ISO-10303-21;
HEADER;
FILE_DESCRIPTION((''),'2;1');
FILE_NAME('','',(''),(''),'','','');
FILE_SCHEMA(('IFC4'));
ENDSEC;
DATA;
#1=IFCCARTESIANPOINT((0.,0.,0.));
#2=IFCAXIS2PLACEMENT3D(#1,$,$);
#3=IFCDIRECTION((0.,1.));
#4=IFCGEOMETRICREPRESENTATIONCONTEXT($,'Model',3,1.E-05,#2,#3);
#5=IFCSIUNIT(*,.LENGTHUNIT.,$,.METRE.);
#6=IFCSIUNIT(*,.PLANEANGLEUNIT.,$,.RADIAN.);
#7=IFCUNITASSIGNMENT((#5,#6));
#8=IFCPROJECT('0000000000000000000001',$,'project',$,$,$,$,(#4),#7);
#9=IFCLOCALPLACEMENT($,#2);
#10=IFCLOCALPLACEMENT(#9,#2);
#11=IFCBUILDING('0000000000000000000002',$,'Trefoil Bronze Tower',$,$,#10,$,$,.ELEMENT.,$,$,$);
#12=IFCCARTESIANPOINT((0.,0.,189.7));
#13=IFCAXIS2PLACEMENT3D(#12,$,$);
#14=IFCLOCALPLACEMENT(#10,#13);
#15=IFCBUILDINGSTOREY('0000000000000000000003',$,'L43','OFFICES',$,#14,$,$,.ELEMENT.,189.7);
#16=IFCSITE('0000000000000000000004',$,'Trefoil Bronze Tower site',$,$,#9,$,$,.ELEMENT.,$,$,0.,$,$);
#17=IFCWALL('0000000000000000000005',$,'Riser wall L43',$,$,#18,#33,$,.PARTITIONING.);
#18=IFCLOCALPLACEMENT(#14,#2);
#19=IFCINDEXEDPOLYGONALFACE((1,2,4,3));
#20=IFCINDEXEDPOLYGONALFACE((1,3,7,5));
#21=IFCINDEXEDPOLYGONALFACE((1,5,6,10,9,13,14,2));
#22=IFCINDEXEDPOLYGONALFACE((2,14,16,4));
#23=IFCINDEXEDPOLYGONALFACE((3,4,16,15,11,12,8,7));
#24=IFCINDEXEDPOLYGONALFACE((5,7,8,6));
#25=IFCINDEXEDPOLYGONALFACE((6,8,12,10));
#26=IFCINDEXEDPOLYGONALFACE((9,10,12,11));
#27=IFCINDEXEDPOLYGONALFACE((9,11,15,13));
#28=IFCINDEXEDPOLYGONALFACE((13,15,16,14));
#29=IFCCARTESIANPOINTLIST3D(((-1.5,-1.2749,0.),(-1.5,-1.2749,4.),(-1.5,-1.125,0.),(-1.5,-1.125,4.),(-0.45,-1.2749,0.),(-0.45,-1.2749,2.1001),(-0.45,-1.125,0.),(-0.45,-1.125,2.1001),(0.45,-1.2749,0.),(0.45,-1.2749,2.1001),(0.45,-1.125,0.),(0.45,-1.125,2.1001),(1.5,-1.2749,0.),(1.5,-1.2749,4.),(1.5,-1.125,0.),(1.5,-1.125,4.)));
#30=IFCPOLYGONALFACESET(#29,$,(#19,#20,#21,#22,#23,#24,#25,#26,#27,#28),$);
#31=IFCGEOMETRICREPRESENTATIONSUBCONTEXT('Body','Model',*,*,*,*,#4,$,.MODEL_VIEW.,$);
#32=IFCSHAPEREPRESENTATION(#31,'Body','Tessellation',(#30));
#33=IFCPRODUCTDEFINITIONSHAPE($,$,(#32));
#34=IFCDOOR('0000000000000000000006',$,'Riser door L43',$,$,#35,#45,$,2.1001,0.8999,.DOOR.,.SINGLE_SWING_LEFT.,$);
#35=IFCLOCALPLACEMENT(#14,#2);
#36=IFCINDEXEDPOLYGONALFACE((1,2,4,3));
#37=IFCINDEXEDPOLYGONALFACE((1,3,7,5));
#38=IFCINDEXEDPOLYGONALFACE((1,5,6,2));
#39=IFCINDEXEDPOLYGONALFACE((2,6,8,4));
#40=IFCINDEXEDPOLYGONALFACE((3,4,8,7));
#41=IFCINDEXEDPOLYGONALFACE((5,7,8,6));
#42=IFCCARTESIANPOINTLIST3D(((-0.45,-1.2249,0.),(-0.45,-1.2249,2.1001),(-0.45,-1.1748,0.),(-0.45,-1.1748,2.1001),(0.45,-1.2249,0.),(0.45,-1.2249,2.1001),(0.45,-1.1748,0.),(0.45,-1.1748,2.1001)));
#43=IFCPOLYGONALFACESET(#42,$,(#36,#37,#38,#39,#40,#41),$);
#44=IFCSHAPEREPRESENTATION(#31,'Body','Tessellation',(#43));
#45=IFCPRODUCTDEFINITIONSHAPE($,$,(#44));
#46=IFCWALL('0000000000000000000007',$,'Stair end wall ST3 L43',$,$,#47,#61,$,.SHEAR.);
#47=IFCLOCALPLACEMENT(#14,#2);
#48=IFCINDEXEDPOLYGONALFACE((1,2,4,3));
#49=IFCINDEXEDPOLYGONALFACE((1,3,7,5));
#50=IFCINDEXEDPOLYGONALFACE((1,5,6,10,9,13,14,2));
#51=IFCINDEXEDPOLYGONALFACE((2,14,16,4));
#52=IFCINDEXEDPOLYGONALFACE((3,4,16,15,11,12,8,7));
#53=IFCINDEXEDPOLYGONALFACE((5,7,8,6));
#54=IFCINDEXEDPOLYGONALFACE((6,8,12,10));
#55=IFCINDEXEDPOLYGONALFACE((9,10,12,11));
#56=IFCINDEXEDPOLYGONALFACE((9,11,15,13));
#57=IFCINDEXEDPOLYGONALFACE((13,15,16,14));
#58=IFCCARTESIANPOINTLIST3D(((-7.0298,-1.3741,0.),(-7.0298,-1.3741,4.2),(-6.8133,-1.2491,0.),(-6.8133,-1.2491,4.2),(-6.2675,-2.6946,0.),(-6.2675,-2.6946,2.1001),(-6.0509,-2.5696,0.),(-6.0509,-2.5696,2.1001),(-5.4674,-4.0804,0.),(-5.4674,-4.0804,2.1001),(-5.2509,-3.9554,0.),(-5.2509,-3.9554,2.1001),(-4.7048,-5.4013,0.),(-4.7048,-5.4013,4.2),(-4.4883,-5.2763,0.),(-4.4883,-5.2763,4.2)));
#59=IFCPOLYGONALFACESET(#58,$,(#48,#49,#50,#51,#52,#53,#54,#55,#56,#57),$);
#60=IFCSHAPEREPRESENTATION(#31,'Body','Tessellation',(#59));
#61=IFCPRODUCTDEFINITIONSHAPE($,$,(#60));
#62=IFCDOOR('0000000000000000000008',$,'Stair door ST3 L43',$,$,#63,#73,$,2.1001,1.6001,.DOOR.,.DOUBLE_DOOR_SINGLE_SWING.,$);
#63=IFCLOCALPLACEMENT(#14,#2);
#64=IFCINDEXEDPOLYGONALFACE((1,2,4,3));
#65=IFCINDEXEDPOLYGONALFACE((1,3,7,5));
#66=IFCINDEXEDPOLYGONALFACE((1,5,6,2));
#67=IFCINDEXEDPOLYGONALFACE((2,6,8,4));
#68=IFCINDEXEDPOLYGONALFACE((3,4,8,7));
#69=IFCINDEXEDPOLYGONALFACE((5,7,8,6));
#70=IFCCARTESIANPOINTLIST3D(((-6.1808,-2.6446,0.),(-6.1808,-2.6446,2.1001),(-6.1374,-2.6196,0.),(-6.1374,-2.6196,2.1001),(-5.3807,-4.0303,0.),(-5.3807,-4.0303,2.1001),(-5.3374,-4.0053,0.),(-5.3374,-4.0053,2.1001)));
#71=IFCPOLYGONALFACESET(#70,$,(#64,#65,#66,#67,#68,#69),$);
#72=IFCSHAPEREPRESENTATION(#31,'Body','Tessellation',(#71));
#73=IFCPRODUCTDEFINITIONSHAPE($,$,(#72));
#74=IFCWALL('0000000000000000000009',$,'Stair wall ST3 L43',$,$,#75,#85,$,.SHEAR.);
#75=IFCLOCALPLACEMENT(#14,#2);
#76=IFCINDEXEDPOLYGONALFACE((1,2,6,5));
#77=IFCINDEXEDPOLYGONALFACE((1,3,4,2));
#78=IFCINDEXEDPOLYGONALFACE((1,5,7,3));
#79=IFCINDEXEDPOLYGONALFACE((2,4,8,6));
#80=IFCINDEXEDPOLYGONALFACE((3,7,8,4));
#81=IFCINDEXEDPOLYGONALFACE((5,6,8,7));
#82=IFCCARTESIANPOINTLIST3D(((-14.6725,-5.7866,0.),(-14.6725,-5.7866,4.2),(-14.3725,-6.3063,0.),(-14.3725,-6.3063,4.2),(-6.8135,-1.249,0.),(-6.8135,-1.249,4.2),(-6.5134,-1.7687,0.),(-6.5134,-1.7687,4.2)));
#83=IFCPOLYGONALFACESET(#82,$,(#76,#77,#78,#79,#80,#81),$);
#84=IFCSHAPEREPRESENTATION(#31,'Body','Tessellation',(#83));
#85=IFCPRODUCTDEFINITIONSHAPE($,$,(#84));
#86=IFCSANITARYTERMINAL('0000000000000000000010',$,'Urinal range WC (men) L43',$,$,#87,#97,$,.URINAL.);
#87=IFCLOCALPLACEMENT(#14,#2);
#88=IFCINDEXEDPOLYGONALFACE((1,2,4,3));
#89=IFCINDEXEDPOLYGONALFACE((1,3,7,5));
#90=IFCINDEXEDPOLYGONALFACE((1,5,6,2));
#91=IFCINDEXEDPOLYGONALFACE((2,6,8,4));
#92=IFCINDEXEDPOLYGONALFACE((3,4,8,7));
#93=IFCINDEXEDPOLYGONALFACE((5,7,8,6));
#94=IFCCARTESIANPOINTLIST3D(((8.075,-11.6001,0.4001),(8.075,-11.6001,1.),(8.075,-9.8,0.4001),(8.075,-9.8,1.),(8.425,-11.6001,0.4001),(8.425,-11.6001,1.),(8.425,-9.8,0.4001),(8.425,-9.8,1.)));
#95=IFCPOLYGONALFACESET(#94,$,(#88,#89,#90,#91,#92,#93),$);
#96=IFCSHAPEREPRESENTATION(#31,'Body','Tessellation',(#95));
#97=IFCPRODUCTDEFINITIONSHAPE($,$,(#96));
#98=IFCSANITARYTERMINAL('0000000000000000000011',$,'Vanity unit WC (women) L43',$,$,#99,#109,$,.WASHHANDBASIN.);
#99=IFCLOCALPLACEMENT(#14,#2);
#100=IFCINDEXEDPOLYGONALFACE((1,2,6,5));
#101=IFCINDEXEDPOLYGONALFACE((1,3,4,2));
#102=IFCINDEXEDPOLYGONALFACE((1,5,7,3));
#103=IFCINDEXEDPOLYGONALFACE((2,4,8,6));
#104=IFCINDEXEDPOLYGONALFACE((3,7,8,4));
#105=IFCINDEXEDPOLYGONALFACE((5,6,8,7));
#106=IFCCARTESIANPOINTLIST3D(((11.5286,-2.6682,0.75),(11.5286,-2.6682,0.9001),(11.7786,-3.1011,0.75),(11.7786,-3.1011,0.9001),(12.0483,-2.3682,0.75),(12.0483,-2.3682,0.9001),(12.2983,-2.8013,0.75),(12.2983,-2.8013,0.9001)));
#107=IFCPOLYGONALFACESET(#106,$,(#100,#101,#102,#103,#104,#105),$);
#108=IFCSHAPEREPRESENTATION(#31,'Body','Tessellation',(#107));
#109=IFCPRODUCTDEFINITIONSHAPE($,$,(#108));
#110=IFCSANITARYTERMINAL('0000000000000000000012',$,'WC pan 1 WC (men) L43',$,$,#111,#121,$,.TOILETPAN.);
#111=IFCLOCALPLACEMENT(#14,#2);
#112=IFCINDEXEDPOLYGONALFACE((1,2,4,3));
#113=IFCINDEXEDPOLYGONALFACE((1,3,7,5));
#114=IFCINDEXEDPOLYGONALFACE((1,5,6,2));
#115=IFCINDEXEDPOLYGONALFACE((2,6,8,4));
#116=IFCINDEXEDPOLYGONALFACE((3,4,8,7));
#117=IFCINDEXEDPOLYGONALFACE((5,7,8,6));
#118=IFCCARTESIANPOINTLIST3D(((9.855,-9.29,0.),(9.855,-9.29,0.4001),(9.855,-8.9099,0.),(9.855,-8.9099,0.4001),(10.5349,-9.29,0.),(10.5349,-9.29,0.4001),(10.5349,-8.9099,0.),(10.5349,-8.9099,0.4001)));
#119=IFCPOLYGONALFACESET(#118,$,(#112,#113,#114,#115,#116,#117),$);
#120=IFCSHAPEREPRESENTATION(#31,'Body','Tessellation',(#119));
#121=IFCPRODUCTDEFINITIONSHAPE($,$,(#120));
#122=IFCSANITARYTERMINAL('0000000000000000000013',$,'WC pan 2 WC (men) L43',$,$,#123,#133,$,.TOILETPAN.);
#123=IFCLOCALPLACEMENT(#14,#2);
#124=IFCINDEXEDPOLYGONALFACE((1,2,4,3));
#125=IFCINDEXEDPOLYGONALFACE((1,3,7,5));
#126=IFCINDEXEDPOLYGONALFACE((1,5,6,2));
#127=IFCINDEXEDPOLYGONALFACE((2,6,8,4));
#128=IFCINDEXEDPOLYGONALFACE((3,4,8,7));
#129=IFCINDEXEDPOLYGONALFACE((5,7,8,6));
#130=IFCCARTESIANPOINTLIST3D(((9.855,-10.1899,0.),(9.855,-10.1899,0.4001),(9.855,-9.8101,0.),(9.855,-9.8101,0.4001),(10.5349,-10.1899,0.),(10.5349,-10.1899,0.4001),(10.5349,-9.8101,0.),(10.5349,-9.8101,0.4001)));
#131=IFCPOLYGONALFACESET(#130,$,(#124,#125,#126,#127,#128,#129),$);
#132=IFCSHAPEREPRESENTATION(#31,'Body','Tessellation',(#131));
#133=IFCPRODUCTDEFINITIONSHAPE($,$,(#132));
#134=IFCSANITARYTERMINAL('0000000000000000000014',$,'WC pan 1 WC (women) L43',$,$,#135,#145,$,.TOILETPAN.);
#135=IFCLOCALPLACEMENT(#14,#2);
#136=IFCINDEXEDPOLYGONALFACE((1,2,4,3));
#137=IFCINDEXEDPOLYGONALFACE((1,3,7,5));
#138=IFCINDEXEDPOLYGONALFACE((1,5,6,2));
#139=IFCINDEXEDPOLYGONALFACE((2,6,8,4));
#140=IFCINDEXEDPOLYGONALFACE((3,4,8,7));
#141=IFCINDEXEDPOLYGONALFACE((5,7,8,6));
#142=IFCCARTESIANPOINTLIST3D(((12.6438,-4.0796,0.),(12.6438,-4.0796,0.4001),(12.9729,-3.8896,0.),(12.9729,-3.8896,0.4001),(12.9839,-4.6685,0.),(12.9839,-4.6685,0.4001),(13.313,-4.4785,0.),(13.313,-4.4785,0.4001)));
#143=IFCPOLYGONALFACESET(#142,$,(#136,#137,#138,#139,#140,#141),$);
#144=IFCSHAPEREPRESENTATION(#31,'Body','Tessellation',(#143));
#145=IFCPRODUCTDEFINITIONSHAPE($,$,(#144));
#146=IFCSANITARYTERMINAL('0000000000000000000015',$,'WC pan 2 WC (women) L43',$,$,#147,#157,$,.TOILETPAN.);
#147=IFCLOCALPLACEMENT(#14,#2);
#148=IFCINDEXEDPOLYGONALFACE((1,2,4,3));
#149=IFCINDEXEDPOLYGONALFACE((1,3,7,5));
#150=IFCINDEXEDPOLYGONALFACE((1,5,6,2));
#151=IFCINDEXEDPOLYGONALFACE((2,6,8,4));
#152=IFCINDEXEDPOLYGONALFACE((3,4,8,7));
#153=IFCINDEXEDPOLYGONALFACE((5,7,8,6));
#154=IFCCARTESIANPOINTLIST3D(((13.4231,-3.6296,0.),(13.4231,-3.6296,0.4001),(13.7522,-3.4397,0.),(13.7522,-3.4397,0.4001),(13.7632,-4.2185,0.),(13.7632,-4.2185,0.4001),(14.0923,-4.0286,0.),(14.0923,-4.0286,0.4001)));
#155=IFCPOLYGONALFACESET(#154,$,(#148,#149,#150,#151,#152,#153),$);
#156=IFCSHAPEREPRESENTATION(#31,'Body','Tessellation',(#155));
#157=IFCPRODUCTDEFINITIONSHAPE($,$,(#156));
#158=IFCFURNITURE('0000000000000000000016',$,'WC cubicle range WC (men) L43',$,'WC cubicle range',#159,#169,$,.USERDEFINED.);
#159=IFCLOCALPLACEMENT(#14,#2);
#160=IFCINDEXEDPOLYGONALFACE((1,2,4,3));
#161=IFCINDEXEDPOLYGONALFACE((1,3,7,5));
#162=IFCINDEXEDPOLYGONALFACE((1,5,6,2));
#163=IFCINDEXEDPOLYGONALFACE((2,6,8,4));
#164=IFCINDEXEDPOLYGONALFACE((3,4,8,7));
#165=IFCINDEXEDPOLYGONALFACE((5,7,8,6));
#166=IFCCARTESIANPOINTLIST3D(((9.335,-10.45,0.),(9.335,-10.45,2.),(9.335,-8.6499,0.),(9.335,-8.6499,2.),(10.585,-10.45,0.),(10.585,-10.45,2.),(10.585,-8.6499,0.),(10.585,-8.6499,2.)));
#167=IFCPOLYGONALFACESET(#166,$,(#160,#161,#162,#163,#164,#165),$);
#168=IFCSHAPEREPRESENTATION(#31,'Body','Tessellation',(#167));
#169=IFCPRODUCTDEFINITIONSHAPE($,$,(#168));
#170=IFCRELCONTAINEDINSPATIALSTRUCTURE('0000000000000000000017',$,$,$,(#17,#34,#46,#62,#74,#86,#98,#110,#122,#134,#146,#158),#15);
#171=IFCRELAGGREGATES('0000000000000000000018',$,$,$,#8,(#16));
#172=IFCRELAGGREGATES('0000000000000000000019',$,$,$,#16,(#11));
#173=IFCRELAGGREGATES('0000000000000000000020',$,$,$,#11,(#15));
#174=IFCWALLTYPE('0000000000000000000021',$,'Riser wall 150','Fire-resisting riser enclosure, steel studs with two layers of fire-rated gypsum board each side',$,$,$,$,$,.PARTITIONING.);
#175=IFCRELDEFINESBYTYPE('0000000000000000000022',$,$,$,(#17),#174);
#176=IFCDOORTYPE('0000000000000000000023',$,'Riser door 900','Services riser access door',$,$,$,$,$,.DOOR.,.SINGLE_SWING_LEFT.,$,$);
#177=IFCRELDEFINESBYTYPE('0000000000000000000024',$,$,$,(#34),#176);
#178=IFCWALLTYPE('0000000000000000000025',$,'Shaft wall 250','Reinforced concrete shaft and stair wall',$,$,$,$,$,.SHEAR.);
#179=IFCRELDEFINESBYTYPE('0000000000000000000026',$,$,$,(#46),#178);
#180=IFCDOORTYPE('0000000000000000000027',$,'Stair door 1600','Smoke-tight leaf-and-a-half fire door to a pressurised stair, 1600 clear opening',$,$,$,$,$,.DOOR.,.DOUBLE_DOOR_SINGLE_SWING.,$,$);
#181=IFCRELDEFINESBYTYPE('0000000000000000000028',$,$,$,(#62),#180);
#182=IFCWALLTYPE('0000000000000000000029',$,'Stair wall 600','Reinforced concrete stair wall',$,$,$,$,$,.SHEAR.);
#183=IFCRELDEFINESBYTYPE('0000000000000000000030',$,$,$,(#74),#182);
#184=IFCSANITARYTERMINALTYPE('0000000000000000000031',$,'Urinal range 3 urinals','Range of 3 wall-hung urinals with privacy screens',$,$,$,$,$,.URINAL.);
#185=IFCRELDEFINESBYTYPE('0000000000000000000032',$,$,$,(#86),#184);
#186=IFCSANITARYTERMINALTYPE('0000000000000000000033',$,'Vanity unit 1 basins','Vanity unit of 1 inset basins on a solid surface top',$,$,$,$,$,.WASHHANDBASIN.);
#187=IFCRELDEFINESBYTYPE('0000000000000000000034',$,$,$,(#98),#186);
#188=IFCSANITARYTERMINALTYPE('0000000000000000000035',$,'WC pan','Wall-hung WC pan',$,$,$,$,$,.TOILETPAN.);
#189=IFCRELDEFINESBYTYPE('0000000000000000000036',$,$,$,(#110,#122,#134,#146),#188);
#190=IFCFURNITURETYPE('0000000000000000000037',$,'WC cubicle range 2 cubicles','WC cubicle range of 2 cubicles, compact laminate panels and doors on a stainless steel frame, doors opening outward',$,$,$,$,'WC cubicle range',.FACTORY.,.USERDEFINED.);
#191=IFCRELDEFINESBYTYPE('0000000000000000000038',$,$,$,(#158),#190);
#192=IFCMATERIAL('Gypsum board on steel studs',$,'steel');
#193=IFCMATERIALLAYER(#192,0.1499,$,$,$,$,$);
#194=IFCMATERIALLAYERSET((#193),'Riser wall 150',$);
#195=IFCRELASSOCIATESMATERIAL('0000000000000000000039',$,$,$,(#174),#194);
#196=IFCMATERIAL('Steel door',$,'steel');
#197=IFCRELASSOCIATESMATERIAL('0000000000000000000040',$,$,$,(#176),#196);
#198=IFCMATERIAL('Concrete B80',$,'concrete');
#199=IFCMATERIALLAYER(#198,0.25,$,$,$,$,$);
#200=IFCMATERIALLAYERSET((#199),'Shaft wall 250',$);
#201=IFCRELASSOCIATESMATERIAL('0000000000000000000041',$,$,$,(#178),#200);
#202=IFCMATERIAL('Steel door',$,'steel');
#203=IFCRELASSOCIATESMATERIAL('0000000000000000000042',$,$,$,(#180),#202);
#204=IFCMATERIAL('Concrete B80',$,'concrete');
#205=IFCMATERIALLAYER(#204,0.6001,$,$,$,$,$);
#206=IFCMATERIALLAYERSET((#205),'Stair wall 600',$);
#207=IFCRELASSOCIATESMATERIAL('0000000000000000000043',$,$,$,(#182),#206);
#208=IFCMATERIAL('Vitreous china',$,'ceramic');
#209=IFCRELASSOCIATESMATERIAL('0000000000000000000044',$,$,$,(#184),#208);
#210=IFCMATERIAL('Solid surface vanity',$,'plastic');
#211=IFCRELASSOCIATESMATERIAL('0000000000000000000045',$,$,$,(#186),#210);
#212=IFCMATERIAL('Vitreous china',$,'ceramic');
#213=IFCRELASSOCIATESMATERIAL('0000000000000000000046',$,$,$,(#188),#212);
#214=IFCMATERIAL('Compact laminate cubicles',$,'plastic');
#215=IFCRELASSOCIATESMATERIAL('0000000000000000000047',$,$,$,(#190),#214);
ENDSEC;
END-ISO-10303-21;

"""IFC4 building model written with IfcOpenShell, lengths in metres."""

from ifc_helpers import new_model, si_unit, direction, frame, frame_2d, origin, place, context, subcontext, project, spatial, polyline, rectangle, outline, extrude, material, layer, layer_set, type_object, element, fill, save


model = new_model("IFC4")

# Units and contexts
model_context = context("Model", 3, precision=1e-05, world=origin(), true_north=direction((0.0, 1.0)))
body_context = subcontext(model_context, "Body", "Model", "MODEL_VIEW")
ifc_project = project(units=[si_unit("LENGTHUNIT", "METRE"), si_unit("PLANEANGLEUNIT", "RADIAN")], contexts=[model_context])

# Site, building, storey
site_placement = place(None, origin())
site = spatial("IfcSite", under=ifc_project, at=site_placement, Name="Trefoil Bronze Tower site", CompositionType="ELEMENT", RefElevation=0.0)
building_placement = place(site_placement, origin())
building = spatial("IfcBuilding", under=site, at=building_placement, Name="Trefoil Bronze Tower", CompositionType="ELEMENT")
storey_placement = place(building_placement, frame((0.0, 0.0, 189.7)))
storey = spatial("IfcBuildingStorey", under=building, at=storey_placement, Name="L43", Description="OFFICES", CompositionType="ELEMENT", Elevation=189.7)

# Walls, openings, doors
ifc_material_1 = material(Name="Gypsum board on steel studs", Category="steel")
ifc_layer_1 = layer(ifc_material_1, 0.1499)
ifc_layer_set_1 = layer_set([ifc_layer_1], Name="Riser wall 150")
wall_type_1 = type_object("IfcWallType", Name="Riser wall 150", Description="Fire-resisting riser enclosure, steel studs with two layers of fire-rated gypsum board each side", PredefinedType="PARTITIONING", material=ifc_layer_set_1)
wall_1_placement = place(storey_placement, frame((-1.5, -1.2, 0.0), z_axis=(0.0, 0.0, 1.0), x_axis=(1.0, 0.0, 0.0)))
wall_1 = element("IfcWall", 1, at=wall_1_placement, inside=storey, type_object=wall_type_1, Name="Riser wall L43", PredefinedType="PARTITIONING", context=body_context, shape_type="SweptSolid", body=[
    extrude(rectangle(XDim=3.0, YDim=0.1499, at=frame_2d((1.5, 0.0))), origin(), (0.0, 0.0, 1.0), 4.0),
])
opening_1_placement = place(wall_1_placement, frame((1.05, 0.0, 0.0)))
opening_1 = element("IfcOpeningElement", 2, at=opening_1_placement, cuts=wall_1, PredefinedType="OPENING", context=body_context, shape_type="SweptSolid", body=[
    extrude(rectangle(XDim=0.8999, YDim=2.1001, at=frame_2d((0.45, 1.05))), frame((0.0, 0.085, 0.0), z_axis=(0.0, -1.0, 0.0), x_axis=(1.0, 0.0, 0.0)), (0.0, 0.0, 1.0), 0.1699),
])
ifc_material_2 = material(Name="Steel door", Category="steel")
door_type_1 = type_object("IfcDoorType", Name="Riser door 900", Description="Services riser access door", OperationType="SINGLE_SWING_LEFT", PredefinedType="DOOR", material=ifc_material_2)
door_1_placement = place(opening_1_placement, frame((0.8999, 0.0, 0.0), z_axis=(0.0, 0.0, 1.0), x_axis=(-1.0, 0.0, 0.0)))
door_1 = element("IfcDoor", 3, at=door_1_placement, inside=storey, type_object=door_type_1, Name="Riser door L43", OperationType="SINGLE_SWING_LEFT", OverallHeight=2.1001, OverallWidth=0.8999, PredefinedType="DOOR", context=body_context, shape_type="SweptSolid", body=[
    extrude(rectangle(XDim=0.8999, YDim=2.1001, at=frame_2d((0.45, 1.05))), frame((0.0, 0.0249, 0.0), z_axis=(0.0, -1.0, 0.0), x_axis=(1.0, 0.0, 0.0)), (0.0, 0.0, 1.0), 0.05),
])
fill(opening_1, door_1)
ifc_material_3 = material(Name="Concrete B80", Category="concrete")
ifc_layer_2 = layer(ifc_material_3, 0.25)
ifc_layer_set_2 = layer_set([ifc_layer_2], Name="Shaft wall 250")
wall_type_2 = type_object("IfcWallType", Name="Shaft wall 250", Description="Reinforced concrete shaft and stair wall", PredefinedType="SHEAR", material=ifc_layer_set_2)
wall_2_placement = place(storey_placement, frame((-6.9216, -1.3115, 0.0), z_axis=(0.0, 0.0, 1.0), x_axis=(0.499985, -0.866034, 0.0)))
wall_2 = element("IfcWall", 4, at=wall_2_placement, inside=storey, type_object=wall_type_2, Name="Stair end wall ST3 L43", PredefinedType="SHEAR", context=body_context, shape_type="SweptSolid", body=[
    extrude(rectangle(XDim=4.6501, YDim=0.25, at=frame_2d((2.3252, 0.0))), origin(), (0.0, 0.0, 1.0), 4.2),
])
opening_2_placement = place(wall_2_placement, frame((1.5249, 0.0, 0.0)))
opening_2 = element("IfcOpeningElement", 5, at=opening_2_placement, cuts=wall_2, PredefinedType="OPENING", context=body_context, shape_type="SweptSolid", body=[
    extrude(rectangle(XDim=1.6001, YDim=2.1001, at=frame_2d((0.8, 1.05))), frame((0.0, 0.135, 0.0), z_axis=(0.0, -1.0, 0.0), x_axis=(1.0, 0.0, 0.0)), (0.0, 0.0, 1.0), 0.27),
])
ifc_material_4 = material(Name="Steel door", Category="steel")
door_type_2 = type_object("IfcDoorType", Name="Stair door 1600", Description="Smoke-tight leaf-and-a-half fire door to a pressurised stair, 1600 clear opening", OperationType="DOUBLE_DOOR_SINGLE_SWING", PredefinedType="DOOR", material=ifc_material_4)
door_2_placement = place(opening_2_placement, frame((1.6001, 0.0, 0.0), z_axis=(0.0, 0.0, 1.0), x_axis=(-1.0, 0.0, 0.0)))
door_2 = element("IfcDoor", 6, at=door_2_placement, inside=storey, type_object=door_type_2, Name="Stair door ST3 L43", OperationType="DOUBLE_DOOR_SINGLE_SWING", OverallHeight=2.1001, OverallWidth=1.6001, PredefinedType="DOOR", context=body_context, shape_type="SweptSolid", body=[
    extrude(rectangle(XDim=1.6001, YDim=2.1001, at=frame_2d((0.8, 1.05))), frame((0.0, 0.0249, 0.0), z_axis=(0.0, -1.0, 0.0), x_axis=(1.0, 0.0, 0.0)), (0.0, 0.0, 1.0), 0.05),
])
fill(opening_2, door_2)

# Wall
ifc_material_5 = material(Name="Concrete B80", Category="concrete")
ifc_layer_3 = layer(ifc_material_5, 0.6001)
ifc_layer_set_3 = layer_set([ifc_layer_3], Name="Stair wall 600")
wall_type_3 = type_object("IfcWallType", Name="Stair wall 600", Description="Reinforced concrete stair wall", PredefinedType="SHEAR", material=ifc_layer_set_3)
wall_3_placement = place(storey_placement, frame((-6.6633, -1.5088, 0.0), z_axis=(0.0, 0.0, 1.0), x_axis=(-0.866019, -0.50001, 0.0)))
element("IfcWall", 7, at=wall_3_placement, inside=storey, type_object=wall_type_3, Name="Stair wall ST3 L43", PredefinedType="SHEAR", context=body_context, shape_type="SweptSolid", body=[
    extrude(rectangle(XDim=9.075, YDim=0.6001, at=frame_2d((4.5376, 0.0))), origin(), (0.0, 0.0, 1.0), 4.2),
])

# Sanitary terminals
ifc_material_6 = material(Name="Vitreous china", Category="ceramic")
sanitary_terminal_type_1 = type_object("IfcSanitaryTerminalType", Name="Urinal range 3 urinals", Description="Range of 3 wall-hung urinals with privacy screens", PredefinedType="URINAL", material=ifc_material_6)
sanitary_terminal_1_placement = place(storey_placement, frame((0.0, 0.0, 0.4001)))
element("IfcSanitaryTerminal", 8, at=sanitary_terminal_1_placement, inside=storey, type_object=sanitary_terminal_type_1, Name="Urinal range WC (men) L43", PredefinedType="URINAL", context=body_context, shape_type="SweptSolid", body=[
    extrude(outline(polyline([(8.075, -9.8), (8.425, -9.8), (8.425, -11.6001), (8.075, -11.6001), (8.075, -9.8)])), origin(), (0.0, 0.0, 1.0), 0.5999),
])
ifc_material_7 = material(Name="Solid surface vanity", Category="plastic")
sanitary_terminal_type_2 = type_object("IfcSanitaryTerminalType", Name="Vanity unit 1 basins", Description="Vanity unit of 1 inset basins on a solid surface top", PredefinedType="WASHHANDBASIN", material=ifc_material_7)
sanitary_terminal_2_placement = place(storey_placement, frame((0.0, 0.0, 0.75)))
element("IfcSanitaryTerminal", 9, at=sanitary_terminal_2_placement, inside=storey, type_object=sanitary_terminal_type_2, Name="Vanity unit WC (women) L43", PredefinedType="WASHHANDBASIN", context=body_context, shape_type="SweptSolid", body=[
    extrude(outline(polyline([(11.5286, -2.6682), (11.7786, -3.1011), (12.2983, -2.8013), (12.0483, -2.3682), (11.5286, -2.6682)])), origin(), (0.0, 0.0, 1.0), 0.1501),
])
ifc_material_8 = material(Name="Vitreous china", Category="ceramic")
sanitary_terminal_type_3 = type_object("IfcSanitaryTerminalType", Name="WC pan", Description="Wall-hung WC pan", PredefinedType="TOILETPAN", material=ifc_material_8)
sanitary_terminal_3_placement = place(storey_placement, origin())
element("IfcSanitaryTerminal", 10, at=sanitary_terminal_3_placement, inside=storey, type_object=sanitary_terminal_type_3, Name="WC pan 1 WC (men) L43", PredefinedType="TOILETPAN", context=body_context, shape_type="SweptSolid", body=[
    extrude(outline(polyline([(9.855, -8.9099), (10.5349, -8.9099), (10.5349, -9.29), (9.855, -9.29), (9.855, -8.9099)])), origin(), (0.0, 0.0, 1.0), 0.4001),
])
sanitary_terminal_4_placement = place(storey_placement, origin())
element("IfcSanitaryTerminal", 11, at=sanitary_terminal_4_placement, inside=storey, type_object=sanitary_terminal_type_3, Name="WC pan 2 WC (men) L43", PredefinedType="TOILETPAN", context=body_context, shape_type="SweptSolid", body=[
    extrude(outline(polyline([(9.855, -9.8101), (10.5349, -9.8101), (10.5349, -10.1899), (9.855, -10.1899), (9.855, -9.8101)])), origin(), (0.0, 0.0, 1.0), 0.4001),
])
sanitary_terminal_5_placement = place(storey_placement, origin())
element("IfcSanitaryTerminal", 12, at=sanitary_terminal_5_placement, inside=storey, type_object=sanitary_terminal_type_3, Name="WC pan 1 WC (women) L43", PredefinedType="TOILETPAN", context=body_context, shape_type="SweptSolid", body=[
    extrude(outline(polyline([(12.6438, -4.0796), (12.9839, -4.6685), (13.313, -4.4785), (12.9729, -3.8896), (12.6438, -4.0796)])), origin(), (0.0, 0.0, 1.0), 0.4001),
])
sanitary_terminal_6_placement = place(storey_placement, origin())
element("IfcSanitaryTerminal", 13, at=sanitary_terminal_6_placement, inside=storey, type_object=sanitary_terminal_type_3, Name="WC pan 2 WC (women) L43", PredefinedType="TOILETPAN", context=body_context, shape_type="SweptSolid", body=[
    extrude(outline(polyline([(13.4231, -3.6296), (13.7632, -4.2185), (14.0923, -4.0286), (13.7522, -3.4397), (13.4231, -3.6296)])), origin(), (0.0, 0.0, 1.0), 0.4001),
])

# Furniture
ifc_material_9 = material(Name="Compact laminate cubicles", Category="plastic")
furniture_type = type_object("IfcFurnitureType", Name="WC cubicle range 2 cubicles", Description="WC cubicle range of 2 cubicles, compact laminate panels and doors on a stainless steel frame, doors opening outward", ElementType="WC cubicle range", AssemblyPlace="FACTORY", PredefinedType="USERDEFINED", material=ifc_material_9)
furniture_1_placement = place(storey_placement, origin())
element("IfcFurniture", 14, at=furniture_1_placement, inside=storey, type_object=furniture_type, Name="WC cubicle range WC (men) L43", ObjectType="WC cubicle range", PredefinedType="USERDEFINED", context=body_context, shape_type="SweptSolid", body=[
    extrude(outline(polyline([(9.335, -8.6499), (10.585, -8.6499), (10.585, -10.45), (9.335, -10.45), (9.335, -8.6499)])), origin(), (0.0, 0.0, 1.0), 2.0),
])

save(model, "model.ifc")
